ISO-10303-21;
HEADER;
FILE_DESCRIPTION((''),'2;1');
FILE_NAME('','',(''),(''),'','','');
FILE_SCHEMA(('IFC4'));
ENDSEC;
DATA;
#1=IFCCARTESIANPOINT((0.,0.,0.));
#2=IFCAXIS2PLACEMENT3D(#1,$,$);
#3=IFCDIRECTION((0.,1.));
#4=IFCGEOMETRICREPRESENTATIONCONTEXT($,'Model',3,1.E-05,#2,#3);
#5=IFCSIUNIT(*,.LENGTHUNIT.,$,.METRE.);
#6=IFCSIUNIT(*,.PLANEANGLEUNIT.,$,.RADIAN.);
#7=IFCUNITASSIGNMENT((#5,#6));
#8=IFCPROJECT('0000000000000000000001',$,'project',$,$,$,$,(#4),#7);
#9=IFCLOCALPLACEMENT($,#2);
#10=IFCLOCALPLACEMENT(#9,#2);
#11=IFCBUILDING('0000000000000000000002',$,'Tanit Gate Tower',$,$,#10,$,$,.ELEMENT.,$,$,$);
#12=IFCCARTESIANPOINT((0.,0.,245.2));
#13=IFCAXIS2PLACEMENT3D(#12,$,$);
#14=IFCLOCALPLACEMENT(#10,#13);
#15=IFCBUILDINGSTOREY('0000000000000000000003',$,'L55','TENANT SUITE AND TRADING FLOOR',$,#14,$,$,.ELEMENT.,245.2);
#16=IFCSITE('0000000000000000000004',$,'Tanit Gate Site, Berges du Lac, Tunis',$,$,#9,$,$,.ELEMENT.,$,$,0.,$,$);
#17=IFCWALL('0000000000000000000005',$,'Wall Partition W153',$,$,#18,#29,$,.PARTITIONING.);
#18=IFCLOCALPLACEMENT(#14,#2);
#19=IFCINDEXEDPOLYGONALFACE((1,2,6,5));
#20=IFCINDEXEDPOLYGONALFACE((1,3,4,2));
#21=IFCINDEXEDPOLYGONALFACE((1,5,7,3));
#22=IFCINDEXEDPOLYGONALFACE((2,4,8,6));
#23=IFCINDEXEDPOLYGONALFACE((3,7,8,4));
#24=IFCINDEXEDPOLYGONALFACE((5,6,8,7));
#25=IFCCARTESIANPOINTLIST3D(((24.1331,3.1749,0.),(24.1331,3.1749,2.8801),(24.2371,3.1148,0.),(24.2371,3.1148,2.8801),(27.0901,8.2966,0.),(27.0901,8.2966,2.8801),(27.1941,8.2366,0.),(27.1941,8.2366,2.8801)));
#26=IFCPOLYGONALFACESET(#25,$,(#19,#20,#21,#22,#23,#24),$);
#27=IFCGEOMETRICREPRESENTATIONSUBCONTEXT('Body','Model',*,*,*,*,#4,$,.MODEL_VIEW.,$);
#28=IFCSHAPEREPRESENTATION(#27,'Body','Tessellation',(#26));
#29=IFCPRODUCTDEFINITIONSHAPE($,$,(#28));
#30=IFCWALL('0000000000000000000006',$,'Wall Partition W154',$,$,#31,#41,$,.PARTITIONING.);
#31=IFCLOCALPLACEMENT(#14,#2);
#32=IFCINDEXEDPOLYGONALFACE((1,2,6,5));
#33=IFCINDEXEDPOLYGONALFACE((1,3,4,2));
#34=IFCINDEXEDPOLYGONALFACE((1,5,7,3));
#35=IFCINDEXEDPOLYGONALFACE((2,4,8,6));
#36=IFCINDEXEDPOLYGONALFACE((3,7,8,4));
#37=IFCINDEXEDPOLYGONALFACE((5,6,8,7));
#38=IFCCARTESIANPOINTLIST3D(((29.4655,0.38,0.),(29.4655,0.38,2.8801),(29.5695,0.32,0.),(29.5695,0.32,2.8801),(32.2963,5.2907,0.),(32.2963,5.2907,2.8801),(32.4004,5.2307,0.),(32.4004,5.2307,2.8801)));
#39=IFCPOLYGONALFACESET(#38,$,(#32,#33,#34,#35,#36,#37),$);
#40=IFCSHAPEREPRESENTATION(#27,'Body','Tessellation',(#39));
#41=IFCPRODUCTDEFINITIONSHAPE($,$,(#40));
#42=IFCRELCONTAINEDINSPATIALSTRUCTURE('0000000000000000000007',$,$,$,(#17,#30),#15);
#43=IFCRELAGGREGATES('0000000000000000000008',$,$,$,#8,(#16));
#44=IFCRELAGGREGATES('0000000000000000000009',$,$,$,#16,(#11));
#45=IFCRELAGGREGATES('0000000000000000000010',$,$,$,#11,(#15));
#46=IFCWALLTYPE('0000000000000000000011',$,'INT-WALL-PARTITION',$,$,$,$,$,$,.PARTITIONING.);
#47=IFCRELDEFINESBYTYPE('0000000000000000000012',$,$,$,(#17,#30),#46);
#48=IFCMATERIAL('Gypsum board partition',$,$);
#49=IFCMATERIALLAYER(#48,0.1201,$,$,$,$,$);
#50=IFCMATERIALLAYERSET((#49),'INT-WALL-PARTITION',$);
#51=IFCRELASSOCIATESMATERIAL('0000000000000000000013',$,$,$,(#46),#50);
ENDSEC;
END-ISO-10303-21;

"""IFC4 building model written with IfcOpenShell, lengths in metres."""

from ifc_helpers import new_model, si_unit, direction, frame, frame_2d, origin, place, context, subcontext, project, spatial, rectangle, extrude, material, layer, layer_set, type_object, element, save


model = new_model("IFC4")

# Units and contexts
model_context = context("Model", 3, precision=1e-05, world=origin(), true_north=direction((0.0, 1.0)))
body_context = subcontext(model_context, "Body", "Model", "MODEL_VIEW")
ifc_project = project(units=[si_unit("LENGTHUNIT", "METRE"), si_unit("PLANEANGLEUNIT", "RADIAN")], contexts=[model_context])

# Site, building, storey
site_placement = place(None, origin())
site = spatial("IfcSite", under=ifc_project, at=site_placement, Name="Tanit Gate Site, Berges du Lac, Tunis", CompositionType="ELEMENT", RefElevation=0.0)
building_placement = place(site_placement, origin())
building = spatial("IfcBuilding", under=site, at=building_placement, Name="Tanit Gate Tower", CompositionType="ELEMENT")
storey_placement = place(building_placement, frame((0.0, 0.0, 245.2)))
storey = spatial("IfcBuildingStorey", under=building, at=storey_placement, Name="L55", Description="TENANT SUITE AND TRADING FLOOR", CompositionType="ELEMENT", Elevation=245.2)

# Walls
ifc_material_1 = material(Name="Gypsum board partition")
ifc_layer_1 = layer(ifc_material_1, 0.1201)
ifc_layer_set_1 = layer_set([ifc_layer_1], Name="INT-WALL-PARTITION")
wall_type_1 = type_object("IfcWallType", Name="INT-WALL-PARTITION", PredefinedType="PARTITIONING", material=ifc_layer_set_1)
wall_1_placement = place(storey_placement, frame((27.1421, 8.2666, 0.0), z_axis=(0.0, 0.0, 1.0), x_axis=(-0.499993, -0.86603, 0.0)))
element("IfcWall", 1, at=wall_1_placement, inside=storey, type_object=wall_type_1, Name="Wall Partition W153", PredefinedType="PARTITIONING", context=body_context, shape_type="SweptSolid", body=[
    extrude(rectangle(XDim=5.9141, YDim=0.1201, at=frame_2d((2.957, 0.0))), origin(), (0.0, 0.0, 1.0), 2.8801),
])
wall_2_placement = place(storey_placement, frame((29.5176, 0.3501, 0.0), z_axis=(0.0, 0.0, 1.0), x_axis=(0.499424, 0.866358, 0.0)))
element("IfcWall", 2, at=wall_2_placement, inside=storey, type_object=wall_type_1, Name="Wall Partition W154", PredefinedType="PARTITIONING", context=body_context, shape_type="SweptSolid", body=[
    extrude(rectangle(XDim=5.6682, YDim=0.1201, at=frame_2d((2.834, 0.0))), origin(), (0.0, 0.0, 1.0), 2.8801),
])

save(model, "model.ifc")
